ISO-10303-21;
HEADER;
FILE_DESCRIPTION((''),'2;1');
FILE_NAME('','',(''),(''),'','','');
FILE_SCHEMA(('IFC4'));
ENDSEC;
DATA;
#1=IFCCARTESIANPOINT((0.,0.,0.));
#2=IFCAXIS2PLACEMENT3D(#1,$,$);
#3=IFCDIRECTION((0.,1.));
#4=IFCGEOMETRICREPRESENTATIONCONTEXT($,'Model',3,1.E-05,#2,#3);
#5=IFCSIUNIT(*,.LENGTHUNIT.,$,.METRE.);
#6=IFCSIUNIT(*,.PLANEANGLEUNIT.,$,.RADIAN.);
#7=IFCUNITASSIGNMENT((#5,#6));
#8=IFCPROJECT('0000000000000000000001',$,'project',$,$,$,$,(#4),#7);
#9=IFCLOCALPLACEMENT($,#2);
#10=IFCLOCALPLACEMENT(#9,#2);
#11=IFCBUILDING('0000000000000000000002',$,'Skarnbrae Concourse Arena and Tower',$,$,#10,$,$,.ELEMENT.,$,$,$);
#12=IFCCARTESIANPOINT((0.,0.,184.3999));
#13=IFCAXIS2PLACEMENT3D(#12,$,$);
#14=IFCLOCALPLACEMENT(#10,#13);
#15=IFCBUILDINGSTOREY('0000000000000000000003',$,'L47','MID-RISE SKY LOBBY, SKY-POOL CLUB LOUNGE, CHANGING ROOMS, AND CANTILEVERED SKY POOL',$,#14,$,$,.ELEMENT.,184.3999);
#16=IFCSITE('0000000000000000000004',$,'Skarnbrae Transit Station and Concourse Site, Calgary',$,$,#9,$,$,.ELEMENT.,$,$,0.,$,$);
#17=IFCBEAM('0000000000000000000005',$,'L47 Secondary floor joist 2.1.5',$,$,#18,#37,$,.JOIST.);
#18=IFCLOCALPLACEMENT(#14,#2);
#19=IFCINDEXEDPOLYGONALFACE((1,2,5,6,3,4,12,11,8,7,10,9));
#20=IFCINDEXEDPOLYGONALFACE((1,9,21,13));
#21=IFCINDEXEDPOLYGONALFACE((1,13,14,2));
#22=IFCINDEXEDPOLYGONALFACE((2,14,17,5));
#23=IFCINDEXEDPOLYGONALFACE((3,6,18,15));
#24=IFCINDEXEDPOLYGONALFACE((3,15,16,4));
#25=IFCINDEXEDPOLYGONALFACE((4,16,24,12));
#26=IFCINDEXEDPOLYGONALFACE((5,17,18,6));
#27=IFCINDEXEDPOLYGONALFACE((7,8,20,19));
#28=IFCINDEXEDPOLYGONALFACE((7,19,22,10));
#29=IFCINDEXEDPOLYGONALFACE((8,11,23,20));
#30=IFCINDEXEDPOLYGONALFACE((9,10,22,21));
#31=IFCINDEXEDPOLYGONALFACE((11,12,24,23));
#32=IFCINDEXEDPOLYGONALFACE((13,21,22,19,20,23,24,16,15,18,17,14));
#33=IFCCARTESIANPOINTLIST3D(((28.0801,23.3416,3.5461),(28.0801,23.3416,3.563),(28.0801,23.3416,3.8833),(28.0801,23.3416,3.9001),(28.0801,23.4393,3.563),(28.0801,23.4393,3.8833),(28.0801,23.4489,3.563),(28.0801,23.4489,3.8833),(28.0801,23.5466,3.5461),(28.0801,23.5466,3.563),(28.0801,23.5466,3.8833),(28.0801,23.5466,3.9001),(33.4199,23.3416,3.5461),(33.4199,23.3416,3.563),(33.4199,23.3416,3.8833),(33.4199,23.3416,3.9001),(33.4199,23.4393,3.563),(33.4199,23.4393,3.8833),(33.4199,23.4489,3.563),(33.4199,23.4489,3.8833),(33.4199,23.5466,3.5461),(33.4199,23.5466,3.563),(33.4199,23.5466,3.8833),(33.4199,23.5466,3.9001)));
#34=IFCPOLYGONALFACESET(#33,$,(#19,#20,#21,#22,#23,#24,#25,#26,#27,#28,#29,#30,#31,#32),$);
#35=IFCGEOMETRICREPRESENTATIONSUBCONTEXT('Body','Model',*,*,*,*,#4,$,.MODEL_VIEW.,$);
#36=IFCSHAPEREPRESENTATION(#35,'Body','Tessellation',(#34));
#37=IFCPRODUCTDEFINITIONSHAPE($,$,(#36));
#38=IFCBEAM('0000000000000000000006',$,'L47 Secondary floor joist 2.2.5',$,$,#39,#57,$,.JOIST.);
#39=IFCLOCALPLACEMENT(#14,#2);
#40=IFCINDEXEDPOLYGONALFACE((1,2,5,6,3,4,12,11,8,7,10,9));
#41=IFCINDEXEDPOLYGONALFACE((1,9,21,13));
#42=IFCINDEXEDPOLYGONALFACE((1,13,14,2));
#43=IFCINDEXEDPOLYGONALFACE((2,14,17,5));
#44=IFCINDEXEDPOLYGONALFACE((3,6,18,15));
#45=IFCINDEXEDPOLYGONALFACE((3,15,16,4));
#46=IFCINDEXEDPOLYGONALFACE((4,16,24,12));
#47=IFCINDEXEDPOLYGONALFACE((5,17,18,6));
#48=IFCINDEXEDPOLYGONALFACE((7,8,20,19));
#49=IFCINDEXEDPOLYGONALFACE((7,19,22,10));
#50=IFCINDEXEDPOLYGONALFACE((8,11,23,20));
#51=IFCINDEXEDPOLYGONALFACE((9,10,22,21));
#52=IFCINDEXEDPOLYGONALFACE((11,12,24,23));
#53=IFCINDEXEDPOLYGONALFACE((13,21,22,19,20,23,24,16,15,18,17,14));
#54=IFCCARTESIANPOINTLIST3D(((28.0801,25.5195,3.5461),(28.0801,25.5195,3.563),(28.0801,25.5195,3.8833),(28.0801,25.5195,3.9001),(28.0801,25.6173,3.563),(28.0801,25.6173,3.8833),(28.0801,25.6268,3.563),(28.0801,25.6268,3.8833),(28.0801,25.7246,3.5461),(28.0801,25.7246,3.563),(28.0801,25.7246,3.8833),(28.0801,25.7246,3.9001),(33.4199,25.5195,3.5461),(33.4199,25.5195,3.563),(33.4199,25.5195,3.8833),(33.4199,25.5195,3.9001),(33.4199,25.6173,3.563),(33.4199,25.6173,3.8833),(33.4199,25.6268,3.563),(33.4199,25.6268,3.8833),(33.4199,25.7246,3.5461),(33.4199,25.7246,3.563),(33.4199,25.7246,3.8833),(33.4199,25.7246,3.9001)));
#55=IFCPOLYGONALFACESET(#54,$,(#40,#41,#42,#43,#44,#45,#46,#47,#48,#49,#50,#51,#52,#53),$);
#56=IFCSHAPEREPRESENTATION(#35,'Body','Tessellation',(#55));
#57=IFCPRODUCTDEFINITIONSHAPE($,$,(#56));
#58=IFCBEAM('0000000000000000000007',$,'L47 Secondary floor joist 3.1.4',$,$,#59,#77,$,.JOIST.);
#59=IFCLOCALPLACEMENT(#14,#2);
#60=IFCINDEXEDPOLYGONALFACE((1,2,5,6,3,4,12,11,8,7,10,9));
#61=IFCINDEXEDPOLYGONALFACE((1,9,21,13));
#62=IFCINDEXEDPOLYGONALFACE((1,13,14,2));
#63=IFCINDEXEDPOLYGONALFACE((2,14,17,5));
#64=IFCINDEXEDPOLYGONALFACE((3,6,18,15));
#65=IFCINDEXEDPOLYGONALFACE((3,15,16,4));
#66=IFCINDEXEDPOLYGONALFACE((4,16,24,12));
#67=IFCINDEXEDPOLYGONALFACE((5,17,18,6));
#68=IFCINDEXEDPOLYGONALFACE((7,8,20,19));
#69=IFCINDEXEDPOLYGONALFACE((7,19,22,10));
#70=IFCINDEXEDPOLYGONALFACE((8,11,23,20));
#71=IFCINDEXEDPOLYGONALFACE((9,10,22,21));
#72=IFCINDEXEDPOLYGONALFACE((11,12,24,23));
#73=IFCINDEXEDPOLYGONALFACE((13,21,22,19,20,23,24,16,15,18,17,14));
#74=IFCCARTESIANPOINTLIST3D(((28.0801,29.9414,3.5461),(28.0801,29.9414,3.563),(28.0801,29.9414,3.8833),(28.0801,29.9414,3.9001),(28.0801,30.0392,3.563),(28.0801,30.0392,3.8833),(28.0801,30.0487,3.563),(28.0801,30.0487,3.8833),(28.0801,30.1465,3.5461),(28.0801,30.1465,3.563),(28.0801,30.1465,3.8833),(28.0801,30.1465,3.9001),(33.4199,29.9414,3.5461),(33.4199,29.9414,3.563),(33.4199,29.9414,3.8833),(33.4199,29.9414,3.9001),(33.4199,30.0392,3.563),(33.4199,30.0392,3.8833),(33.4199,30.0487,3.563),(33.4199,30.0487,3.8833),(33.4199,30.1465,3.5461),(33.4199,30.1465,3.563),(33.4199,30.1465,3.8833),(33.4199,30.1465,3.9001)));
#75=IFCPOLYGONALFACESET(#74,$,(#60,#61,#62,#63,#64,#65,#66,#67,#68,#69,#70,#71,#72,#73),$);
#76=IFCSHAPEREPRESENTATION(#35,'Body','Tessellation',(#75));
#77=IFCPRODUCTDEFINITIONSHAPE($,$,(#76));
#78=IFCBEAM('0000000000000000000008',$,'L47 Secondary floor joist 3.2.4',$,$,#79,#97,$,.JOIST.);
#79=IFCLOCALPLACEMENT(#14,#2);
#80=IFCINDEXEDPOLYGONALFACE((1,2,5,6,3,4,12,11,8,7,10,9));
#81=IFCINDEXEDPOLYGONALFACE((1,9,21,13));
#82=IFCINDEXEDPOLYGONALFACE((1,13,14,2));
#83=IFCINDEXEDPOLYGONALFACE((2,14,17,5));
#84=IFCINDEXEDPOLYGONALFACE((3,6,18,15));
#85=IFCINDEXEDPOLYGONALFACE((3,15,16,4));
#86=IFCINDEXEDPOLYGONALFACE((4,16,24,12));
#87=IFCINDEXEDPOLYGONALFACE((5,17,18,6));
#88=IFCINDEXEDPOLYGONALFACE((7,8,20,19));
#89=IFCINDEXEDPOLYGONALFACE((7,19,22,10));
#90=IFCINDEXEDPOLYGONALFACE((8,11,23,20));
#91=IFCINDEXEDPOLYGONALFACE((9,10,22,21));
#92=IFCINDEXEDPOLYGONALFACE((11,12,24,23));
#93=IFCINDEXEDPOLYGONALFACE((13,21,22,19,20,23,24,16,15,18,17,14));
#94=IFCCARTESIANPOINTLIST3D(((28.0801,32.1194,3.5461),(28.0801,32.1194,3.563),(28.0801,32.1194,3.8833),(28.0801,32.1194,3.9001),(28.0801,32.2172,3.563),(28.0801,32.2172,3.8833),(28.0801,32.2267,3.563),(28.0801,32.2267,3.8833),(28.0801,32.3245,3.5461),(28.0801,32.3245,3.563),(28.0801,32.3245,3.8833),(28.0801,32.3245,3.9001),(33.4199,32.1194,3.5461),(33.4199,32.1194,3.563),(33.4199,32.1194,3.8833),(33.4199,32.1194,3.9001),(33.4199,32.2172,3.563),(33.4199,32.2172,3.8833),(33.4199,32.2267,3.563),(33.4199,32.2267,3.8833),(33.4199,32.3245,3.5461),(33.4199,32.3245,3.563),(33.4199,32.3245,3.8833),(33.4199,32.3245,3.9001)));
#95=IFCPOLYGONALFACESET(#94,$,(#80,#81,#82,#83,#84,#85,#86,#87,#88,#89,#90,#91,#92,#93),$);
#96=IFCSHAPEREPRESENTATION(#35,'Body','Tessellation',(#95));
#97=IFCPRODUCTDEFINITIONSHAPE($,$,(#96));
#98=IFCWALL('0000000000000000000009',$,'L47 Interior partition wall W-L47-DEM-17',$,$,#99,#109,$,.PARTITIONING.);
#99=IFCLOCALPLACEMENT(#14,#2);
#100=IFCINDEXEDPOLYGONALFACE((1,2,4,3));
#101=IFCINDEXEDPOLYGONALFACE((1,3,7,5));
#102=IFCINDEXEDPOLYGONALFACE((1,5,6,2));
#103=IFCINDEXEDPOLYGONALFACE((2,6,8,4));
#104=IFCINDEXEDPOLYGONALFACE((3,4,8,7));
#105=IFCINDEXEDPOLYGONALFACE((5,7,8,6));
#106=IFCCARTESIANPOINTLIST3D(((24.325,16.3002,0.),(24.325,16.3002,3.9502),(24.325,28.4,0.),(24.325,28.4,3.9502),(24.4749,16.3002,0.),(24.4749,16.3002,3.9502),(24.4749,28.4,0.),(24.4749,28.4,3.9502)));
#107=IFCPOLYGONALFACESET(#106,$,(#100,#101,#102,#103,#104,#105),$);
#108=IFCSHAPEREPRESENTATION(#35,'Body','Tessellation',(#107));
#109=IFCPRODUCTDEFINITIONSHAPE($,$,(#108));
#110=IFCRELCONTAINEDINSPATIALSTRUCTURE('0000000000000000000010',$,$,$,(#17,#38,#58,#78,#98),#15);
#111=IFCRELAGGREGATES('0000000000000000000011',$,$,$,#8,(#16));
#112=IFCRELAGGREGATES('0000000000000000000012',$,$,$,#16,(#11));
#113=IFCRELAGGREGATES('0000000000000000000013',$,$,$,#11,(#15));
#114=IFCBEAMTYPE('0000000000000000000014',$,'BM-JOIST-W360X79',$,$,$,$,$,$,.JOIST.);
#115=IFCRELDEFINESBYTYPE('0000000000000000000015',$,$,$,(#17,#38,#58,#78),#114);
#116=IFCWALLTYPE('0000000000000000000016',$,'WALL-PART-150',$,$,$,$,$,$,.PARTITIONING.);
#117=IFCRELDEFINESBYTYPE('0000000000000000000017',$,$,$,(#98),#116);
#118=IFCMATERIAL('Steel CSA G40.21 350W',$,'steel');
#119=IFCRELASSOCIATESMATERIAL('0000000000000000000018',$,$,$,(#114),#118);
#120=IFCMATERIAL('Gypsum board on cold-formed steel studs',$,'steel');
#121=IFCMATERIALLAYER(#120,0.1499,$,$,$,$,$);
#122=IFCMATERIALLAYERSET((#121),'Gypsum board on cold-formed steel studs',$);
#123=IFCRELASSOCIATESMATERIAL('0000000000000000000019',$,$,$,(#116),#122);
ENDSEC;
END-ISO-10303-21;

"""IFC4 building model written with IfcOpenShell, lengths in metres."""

from ifc_helpers import new_model, si_unit, direction, frame, frame_2d, origin, origin_2d, place, context, subcontext, project, spatial, rectangle, i_section, extrude, source, transform, mapped, material, layer, layer_set, material_profile, profile_set, type_object, element, save


model = new_model("IFC4")

# Units and contexts
model_context = context("Model", 3, precision=1e-05, world=origin(), true_north=direction((0.0, 1.0)))
body_context = subcontext(model_context, "Body", "Model", "MODEL_VIEW")
ifc_project = project(units=[si_unit("LENGTHUNIT", "METRE"), si_unit("PLANEANGLEUNIT", "RADIAN")], contexts=[model_context])

# Site, building, storey
site_placement = place(None, origin())
site = spatial("IfcSite", under=ifc_project, at=site_placement, Name="Skarnbrae Transit Station and Concourse Site, Calgary", CompositionType="ELEMENT", RefElevation=0.0)
building_placement = place(site_placement, origin())
building = spatial("IfcBuilding", under=site, at=building_placement, Name="Skarnbrae Concourse Arena and Tower", CompositionType="ELEMENT")
storey_placement = place(building_placement, frame((0.0, 0.0, 184.3999)))
storey = spatial("IfcBuildingStorey", under=building, at=storey_placement, Name="L47", Description="MID-RISE SKY LOBBY, SKY-POOL CLUB LOUNGE, CHANGING ROOMS, AND CANTILEVERED SKY POOL", CompositionType="ELEMENT", Elevation=184.3999)

# Shared definitions
ifc_material_1 = material(Name="Steel CSA G40.21 350W", Category="steel")

# Beams
ifc_material_profile_1 = material_profile(ifc_material_1, i_section(OverallWidth=0.2051, OverallDepth=0.354, WebThickness=0.0095, FlangeThickness=0.0168, at=origin_2d()), Name="W360X79")
ifc_profile_set_1 = profile_set([ifc_material_profile_1], Name="Steel CSA G40.21 350W")
beam_type_1 = type_object("IfcBeamType", Name="BM-JOIST-W360X79", PredefinedType="JOIST", material=ifc_profile_set_1)
shared_shape_1 = source(origin(), body_context, "Body", "SweptSolid", [
    extrude(i_section(OverallWidth=0.2051, OverallDepth=0.354, WebThickness=0.0095, FlangeThickness=0.0168, at=origin_2d()), origin(), (0.0, 0.0, 1.0), 5.3398),
])
for number, where, z_axis, x_axis, name in (
    (1, (28.0801, 23.4441, 3.7231), (1.0, 0.0, 0.0), (0.0, 1.0, 0.0), "L47 Secondary floor joist 2.1.5"),
    (2, (28.0801, 25.6221, 3.7231), (1.0, 0.0, 0.0), (0.0, 1.0, 0.0), "L47 Secondary floor joist 2.2.5"),
    (3, (28.0801, 30.0439, 3.7231), (1.0, 0.0, 0.0), (0.0, 1.0, 0.0), "L47 Secondary floor joist 3.1.4"),
    (4, (28.0801, 32.2219, 3.7231), (1.0, 0.0, 0.0), (0.0, 1.0, 0.0), "L47 Secondary floor joist 3.2.4"),
):
    element("IfcBeam", number, at=place(storey_placement, frame(where, z_axis=z_axis, x_axis=x_axis)), inside=storey, type_object=beam_type_1, Name=name, PredefinedType="JOIST", context=body_context, shape_type="MappedRepresentation", body=[
        mapped(shared_shape_1, transform((0.0, 0.0, 0.0))),
    ])

# Wall
ifc_material_2 = material(Name="Gypsum board on cold-formed steel studs", Category="steel")
ifc_layer = layer(ifc_material_2, 0.1499)
ifc_layer_set = layer_set([ifc_layer], Name="Gypsum board on cold-formed steel studs")
wall_type = type_object("IfcWallType", Name="WALL-PART-150", PredefinedType="PARTITIONING", material=ifc_layer_set)
shared_shape_2 = source(origin(), body_context, "Body", "SweptSolid", [
    extrude(rectangle(XDim=12.0999, YDim=0.1499, at=frame_2d((6.0498, 0.0))), origin(), (0.0, 0.0, 1.0), 3.9502),
])
wall_placement = place(storey_placement, frame((24.3999, 28.3999, 0.0), z_axis=(0.0, 0.0, 1.0), x_axis=(0.0, -1.0, 0.0)))
element("IfcWall", 5, at=wall_placement, inside=storey, type_object=wall_type, Name="L47 Interior partition wall W-L47-DEM-17", PredefinedType="PARTITIONING", context=body_context, shape_type="MappedRepresentation", body=[
    mapped(shared_shape_2, transform((0.0, 0.0, 0.0))),
])

save(model, "model.ifc")
